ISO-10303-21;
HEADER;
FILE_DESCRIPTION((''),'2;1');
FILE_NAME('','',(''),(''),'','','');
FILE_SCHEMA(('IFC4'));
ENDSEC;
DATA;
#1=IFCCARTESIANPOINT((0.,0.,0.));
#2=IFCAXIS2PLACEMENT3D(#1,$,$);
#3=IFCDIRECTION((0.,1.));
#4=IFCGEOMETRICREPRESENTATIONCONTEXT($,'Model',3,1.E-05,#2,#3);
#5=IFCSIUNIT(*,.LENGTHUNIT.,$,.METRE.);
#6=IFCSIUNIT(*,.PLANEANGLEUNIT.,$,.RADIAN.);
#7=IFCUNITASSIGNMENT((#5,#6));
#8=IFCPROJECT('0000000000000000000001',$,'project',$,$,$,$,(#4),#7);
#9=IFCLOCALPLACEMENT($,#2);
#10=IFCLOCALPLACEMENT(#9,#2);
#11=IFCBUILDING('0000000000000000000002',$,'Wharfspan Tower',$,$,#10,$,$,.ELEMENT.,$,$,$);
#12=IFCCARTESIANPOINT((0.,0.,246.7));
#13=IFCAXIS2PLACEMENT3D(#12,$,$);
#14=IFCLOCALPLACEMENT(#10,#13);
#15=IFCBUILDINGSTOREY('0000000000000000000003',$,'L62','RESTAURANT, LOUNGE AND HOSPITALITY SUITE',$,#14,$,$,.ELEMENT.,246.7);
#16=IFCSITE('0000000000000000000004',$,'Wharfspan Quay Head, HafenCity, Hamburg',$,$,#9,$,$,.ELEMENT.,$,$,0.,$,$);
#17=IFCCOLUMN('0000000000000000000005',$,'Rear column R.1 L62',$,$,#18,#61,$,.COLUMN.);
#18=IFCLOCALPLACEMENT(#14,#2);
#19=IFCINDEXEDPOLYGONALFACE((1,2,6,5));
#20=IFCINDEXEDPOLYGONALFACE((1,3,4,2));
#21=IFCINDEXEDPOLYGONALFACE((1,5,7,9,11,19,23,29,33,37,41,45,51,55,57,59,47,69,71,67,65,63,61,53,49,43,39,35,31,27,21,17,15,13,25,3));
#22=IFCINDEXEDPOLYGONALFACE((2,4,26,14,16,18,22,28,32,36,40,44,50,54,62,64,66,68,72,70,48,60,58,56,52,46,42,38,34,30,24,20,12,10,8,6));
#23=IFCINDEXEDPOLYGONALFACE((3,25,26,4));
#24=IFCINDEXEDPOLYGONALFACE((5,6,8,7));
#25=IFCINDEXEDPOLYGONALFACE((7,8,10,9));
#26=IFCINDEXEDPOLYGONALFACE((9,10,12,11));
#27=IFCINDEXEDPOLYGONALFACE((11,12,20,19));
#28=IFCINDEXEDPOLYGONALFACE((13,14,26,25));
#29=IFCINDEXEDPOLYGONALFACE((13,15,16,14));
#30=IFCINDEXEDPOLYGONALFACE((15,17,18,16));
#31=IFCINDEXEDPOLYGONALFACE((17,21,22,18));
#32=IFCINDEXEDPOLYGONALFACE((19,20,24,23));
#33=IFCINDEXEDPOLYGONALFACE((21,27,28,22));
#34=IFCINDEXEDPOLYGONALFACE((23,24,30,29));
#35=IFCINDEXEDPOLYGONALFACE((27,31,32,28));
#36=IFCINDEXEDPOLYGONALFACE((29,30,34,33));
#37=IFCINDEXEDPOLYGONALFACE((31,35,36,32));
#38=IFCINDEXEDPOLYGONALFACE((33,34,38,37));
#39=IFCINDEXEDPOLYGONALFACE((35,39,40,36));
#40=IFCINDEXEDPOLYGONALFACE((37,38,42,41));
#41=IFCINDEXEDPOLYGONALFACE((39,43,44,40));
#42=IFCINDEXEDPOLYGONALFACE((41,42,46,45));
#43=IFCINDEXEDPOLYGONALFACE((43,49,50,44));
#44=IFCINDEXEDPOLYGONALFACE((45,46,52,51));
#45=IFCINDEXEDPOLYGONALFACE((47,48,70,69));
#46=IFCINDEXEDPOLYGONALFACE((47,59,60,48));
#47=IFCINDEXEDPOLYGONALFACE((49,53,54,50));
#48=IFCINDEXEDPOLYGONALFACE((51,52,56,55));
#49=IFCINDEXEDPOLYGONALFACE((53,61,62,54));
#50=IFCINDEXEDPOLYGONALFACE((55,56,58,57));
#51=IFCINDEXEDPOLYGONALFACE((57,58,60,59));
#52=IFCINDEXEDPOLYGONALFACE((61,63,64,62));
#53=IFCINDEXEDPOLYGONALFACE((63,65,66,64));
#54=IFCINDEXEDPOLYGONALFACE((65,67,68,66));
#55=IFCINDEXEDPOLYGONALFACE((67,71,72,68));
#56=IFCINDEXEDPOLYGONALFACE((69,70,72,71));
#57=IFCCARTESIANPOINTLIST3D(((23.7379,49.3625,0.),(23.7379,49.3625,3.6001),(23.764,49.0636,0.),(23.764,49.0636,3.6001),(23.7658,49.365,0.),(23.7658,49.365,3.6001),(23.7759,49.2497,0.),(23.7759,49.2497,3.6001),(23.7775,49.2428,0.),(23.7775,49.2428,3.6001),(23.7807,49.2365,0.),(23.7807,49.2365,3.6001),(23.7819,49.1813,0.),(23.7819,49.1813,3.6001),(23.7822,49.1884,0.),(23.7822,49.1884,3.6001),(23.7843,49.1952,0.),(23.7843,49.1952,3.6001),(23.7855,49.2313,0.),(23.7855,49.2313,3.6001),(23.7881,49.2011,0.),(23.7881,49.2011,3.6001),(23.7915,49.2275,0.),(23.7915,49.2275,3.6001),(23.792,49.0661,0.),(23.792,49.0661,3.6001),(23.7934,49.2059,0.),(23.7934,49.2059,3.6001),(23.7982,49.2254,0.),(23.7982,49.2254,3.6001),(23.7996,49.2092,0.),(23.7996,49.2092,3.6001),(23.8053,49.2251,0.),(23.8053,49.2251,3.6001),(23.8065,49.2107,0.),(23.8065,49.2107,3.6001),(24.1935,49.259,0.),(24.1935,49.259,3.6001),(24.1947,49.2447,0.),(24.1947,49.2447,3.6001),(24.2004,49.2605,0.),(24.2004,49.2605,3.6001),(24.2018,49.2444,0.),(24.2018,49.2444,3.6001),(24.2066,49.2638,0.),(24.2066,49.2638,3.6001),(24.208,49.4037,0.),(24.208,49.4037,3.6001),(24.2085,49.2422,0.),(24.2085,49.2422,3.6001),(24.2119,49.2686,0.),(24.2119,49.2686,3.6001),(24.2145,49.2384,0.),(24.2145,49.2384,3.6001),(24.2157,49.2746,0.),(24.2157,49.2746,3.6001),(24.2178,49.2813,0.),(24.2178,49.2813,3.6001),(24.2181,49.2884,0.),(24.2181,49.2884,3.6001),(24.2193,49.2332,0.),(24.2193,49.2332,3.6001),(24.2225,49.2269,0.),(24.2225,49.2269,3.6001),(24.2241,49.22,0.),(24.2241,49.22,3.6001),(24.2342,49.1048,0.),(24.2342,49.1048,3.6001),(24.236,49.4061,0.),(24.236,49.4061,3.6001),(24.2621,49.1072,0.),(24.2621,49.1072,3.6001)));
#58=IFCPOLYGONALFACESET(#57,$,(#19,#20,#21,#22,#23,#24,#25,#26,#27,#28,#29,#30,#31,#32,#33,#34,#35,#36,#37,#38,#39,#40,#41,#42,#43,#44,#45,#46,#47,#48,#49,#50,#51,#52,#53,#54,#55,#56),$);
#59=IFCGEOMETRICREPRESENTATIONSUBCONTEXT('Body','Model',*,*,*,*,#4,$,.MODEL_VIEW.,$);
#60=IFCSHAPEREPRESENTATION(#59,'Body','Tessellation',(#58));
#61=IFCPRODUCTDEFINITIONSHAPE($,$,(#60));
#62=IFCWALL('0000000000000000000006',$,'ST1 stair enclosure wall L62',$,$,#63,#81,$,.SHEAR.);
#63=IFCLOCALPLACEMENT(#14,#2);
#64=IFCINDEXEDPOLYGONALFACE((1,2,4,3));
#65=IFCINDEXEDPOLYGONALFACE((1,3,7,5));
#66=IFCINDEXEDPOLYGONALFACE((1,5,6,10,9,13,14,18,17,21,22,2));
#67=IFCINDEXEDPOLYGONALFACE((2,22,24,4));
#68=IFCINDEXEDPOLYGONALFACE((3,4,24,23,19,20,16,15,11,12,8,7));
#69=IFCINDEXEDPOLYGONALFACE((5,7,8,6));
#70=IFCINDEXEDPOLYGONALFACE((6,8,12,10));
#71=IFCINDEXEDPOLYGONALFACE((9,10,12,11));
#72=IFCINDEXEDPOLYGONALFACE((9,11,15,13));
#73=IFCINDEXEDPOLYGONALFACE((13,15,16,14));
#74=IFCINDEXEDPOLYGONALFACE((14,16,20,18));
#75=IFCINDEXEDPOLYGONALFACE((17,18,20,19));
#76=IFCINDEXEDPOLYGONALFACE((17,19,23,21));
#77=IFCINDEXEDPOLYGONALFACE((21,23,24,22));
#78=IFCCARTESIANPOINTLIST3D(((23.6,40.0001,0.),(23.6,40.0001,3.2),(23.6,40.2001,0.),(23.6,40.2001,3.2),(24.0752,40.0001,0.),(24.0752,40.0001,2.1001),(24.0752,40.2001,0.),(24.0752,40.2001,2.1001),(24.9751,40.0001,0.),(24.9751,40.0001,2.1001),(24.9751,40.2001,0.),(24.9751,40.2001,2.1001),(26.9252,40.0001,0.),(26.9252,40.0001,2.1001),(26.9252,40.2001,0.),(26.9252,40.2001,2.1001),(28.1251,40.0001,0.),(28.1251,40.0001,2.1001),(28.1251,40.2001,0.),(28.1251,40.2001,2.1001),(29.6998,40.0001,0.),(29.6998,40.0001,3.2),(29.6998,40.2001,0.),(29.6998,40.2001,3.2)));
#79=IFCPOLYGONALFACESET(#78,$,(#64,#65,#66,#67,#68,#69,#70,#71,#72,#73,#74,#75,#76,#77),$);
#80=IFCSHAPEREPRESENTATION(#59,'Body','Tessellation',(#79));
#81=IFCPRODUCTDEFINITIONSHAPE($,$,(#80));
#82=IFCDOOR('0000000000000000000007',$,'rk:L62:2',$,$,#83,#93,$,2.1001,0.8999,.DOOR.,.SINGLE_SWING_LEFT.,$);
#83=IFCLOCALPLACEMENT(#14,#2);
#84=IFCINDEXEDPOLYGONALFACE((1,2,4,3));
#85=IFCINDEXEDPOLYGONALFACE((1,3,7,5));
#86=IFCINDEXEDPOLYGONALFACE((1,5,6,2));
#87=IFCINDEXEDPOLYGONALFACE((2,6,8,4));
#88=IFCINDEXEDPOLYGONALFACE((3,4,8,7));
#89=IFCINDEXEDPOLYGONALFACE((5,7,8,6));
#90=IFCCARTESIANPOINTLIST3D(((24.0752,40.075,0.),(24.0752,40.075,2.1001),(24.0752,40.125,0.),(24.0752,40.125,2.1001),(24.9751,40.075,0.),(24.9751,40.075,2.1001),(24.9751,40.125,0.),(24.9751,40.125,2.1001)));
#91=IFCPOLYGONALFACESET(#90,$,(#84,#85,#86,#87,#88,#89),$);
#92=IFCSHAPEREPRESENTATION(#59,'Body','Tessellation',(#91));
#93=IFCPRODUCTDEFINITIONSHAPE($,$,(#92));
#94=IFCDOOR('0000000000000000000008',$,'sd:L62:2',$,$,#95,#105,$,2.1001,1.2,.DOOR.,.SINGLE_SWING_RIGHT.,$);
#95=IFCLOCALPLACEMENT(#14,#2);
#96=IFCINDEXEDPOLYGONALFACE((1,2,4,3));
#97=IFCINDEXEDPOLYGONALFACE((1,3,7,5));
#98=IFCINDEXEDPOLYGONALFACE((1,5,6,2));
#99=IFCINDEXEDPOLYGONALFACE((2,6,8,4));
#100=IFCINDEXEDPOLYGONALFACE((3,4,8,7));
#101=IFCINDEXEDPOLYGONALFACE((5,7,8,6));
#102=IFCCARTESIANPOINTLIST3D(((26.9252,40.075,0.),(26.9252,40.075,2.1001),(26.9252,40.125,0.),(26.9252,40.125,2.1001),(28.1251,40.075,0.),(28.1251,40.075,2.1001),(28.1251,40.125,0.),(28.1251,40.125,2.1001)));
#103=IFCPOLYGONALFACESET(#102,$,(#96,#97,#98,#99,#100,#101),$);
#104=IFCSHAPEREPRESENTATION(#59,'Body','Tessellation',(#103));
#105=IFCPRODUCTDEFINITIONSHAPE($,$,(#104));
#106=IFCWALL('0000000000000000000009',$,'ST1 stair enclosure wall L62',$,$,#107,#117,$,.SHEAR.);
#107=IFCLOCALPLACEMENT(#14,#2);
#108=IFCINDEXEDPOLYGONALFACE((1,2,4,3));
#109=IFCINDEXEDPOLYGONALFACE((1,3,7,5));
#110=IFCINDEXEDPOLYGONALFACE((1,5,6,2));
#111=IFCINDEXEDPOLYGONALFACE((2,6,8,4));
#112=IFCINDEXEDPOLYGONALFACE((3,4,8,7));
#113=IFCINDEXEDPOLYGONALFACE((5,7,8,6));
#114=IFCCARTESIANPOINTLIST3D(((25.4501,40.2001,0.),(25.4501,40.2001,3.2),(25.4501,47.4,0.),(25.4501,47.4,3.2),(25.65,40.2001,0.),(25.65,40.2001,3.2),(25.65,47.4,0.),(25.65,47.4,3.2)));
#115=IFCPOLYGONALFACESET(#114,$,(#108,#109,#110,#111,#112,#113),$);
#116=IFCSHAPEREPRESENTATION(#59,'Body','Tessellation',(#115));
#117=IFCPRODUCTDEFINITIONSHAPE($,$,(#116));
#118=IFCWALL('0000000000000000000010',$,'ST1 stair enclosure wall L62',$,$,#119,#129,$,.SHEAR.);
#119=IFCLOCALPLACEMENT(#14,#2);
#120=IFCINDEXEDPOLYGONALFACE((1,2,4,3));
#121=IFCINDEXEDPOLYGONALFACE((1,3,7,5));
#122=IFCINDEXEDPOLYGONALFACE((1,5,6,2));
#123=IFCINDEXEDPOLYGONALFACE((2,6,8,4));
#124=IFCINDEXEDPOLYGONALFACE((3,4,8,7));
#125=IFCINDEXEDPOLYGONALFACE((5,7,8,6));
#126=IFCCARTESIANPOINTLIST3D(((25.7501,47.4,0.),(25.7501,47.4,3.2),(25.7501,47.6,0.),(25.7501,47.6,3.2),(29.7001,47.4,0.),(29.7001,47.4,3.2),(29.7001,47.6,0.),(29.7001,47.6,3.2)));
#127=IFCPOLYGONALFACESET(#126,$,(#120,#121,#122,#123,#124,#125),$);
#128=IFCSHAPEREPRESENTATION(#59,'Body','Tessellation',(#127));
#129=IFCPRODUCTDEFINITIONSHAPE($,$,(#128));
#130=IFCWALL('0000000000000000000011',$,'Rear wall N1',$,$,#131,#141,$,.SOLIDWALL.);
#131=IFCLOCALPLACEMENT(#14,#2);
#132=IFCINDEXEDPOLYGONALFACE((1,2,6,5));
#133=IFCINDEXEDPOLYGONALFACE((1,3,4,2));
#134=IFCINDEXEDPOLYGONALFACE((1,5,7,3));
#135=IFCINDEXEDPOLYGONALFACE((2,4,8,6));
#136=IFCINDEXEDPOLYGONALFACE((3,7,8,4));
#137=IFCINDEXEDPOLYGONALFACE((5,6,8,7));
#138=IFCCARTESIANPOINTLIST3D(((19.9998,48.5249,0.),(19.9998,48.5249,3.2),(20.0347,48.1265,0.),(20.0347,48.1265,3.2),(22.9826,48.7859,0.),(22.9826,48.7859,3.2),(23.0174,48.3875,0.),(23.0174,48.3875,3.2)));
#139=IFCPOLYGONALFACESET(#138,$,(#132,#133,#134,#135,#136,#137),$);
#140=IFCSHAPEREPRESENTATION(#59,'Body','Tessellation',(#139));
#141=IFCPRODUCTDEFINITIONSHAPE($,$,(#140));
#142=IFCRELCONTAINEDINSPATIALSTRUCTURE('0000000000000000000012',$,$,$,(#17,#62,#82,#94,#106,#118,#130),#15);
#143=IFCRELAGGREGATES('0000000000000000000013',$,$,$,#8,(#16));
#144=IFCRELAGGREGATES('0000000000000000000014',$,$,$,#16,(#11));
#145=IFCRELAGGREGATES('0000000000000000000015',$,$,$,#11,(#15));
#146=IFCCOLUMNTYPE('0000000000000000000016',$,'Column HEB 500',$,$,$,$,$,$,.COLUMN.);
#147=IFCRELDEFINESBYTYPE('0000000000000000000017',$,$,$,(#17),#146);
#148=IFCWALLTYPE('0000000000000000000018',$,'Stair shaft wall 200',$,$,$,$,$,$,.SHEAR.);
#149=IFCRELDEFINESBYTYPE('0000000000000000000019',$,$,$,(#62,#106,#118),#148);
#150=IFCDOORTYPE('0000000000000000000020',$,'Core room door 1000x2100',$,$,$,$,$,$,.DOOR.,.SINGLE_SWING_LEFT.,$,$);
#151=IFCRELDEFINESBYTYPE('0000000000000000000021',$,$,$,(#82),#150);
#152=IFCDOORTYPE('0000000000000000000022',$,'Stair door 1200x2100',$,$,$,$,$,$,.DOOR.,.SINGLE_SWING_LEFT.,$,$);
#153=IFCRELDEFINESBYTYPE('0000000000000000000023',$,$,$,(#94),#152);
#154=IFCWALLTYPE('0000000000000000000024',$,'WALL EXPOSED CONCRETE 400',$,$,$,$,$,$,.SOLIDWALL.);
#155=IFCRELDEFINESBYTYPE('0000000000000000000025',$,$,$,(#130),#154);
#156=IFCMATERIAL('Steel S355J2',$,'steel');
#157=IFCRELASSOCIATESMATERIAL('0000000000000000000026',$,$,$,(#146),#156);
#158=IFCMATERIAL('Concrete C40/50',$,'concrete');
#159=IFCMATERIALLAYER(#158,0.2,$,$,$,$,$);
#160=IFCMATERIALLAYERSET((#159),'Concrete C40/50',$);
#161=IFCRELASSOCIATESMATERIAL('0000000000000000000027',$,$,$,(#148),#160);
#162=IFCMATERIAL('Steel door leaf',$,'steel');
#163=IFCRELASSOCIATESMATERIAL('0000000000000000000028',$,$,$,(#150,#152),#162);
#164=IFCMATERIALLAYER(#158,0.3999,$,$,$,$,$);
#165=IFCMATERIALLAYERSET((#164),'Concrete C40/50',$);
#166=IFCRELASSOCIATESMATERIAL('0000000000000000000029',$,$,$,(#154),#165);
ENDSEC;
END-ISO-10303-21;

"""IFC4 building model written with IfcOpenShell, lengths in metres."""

from ifc_helpers import new_model, si_unit, direction, frame, frame_2d, origin, origin_2d, place, context, subcontext, project, spatial, rectangle, i_section, extrude, material, layer, layer_set, material_profile, profile_set, type_object, element, fill, save


model = new_model("IFC4")

# Units and contexts
model_context = context("Model", 3, precision=1e-05, world=origin(), true_north=direction((0.0, 1.0)))
body_context = subcontext(model_context, "Body", "Model", "MODEL_VIEW")
ifc_project = project(units=[si_unit("LENGTHUNIT", "METRE"), si_unit("PLANEANGLEUNIT", "RADIAN")], contexts=[model_context])

# Site, building, storey
site_placement = place(None, origin())
site = spatial("IfcSite", under=ifc_project, at=site_placement, Name="Wharfspan Quay Head, HafenCity, Hamburg", CompositionType="ELEMENT", RefElevation=0.0)
building_placement = place(site_placement, origin())
building = spatial("IfcBuilding", under=site, at=building_placement, Name="Wharfspan Tower", CompositionType="ELEMENT")
storey_placement = place(building_placement, frame((0.0, 0.0, 246.7)))
storey = spatial("IfcBuildingStorey", under=building, at=storey_placement, Name="L62", Description="RESTAURANT, LOUNGE AND HOSPITALITY SUITE", CompositionType="ELEMENT", Elevation=246.7)

# Column
ifc_material_1 = material(Name="Steel S355J2", Category="steel")
ifc_material_profile = material_profile(ifc_material_1, i_section(OverallWidth=0.3, OverallDepth=0.5, WebThickness=0.0144, FlangeThickness=0.0281, FilletRadius=0.0271, at=origin_2d()))
ifc_profile_set = profile_set([ifc_material_profile], Name="Steel S355J2")
column_type = type_object("IfcColumnType", Name="Column HEB 500", PredefinedType="COLUMN", material=ifc_profile_set)
column_placement = place(storey_placement, frame((24.0, 49.2349, 0.0), z_axis=(0.0, 0.0, 1.0), x_axis=(-0.087156, 0.996197, 0.0)))
element("IfcColumn", 1, at=column_placement, inside=storey, type_object=column_type, Name="Rear column R.1 L62", PredefinedType="COLUMN", context=body_context, shape_type="SweptSolid", body=[
    extrude(i_section(OverallWidth=0.3, OverallDepth=0.5, WebThickness=0.0144, FlangeThickness=0.0281, FilletRadius=0.0271, at=origin_2d()), origin(), (0.0, 0.0, 1.0), 3.6001),
])

# Wall, openings, doors
ifc_material_2 = material(Name="Concrete C40/50", Category="concrete")
ifc_layer_1 = layer(ifc_material_2, 0.2)
ifc_layer_set_1 = layer_set([ifc_layer_1], Name="Concrete C40/50")
wall_type_1 = type_object("IfcWallType", Name="Stair shaft wall 200", PredefinedType="SHEAR", material=ifc_layer_set_1)
wall_1_placement = place(storey_placement, frame((23.6001, 40.1001, 0.0), z_axis=(0.0, 0.0, 1.0), x_axis=(1.0, 0.0, 0.0)))
wall_1 = element("IfcWall", 2, at=wall_1_placement, inside=storey, type_object=wall_type_1, Name="ST1 stair enclosure wall L62", PredefinedType="SHEAR", context=body_context, shape_type="SweptSolid", body=[
    extrude(rectangle(XDim=6.0999, YDim=0.2, at=frame_2d((3.0498, 0.0))), origin(), (0.0, 0.0, 1.0), 3.2),
])
opening_1_placement = place(wall_1_placement, frame((3.325, 0.0, 0.0)))
opening_1 = element("IfcOpeningElement", 3, at=opening_1_placement, cuts=wall_1, PredefinedType="OPENING", context=body_context, shape_type="SweptSolid", body=[
    extrude(rectangle(XDim=1.2, YDim=2.1001, at=frame_2d((0.6001, 1.05))), frame((0.0, 0.1099, 0.0), z_axis=(0.0, -1.0, 0.0), x_axis=(1.0, 0.0, 0.0)), (0.0, 0.0, 1.0), 0.22),
])
opening_2_placement = place(wall_1_placement, frame((0.4751, 0.0, 0.0)))
opening_2 = element("IfcOpeningElement", 4, at=opening_2_placement, cuts=wall_1, PredefinedType="OPENING", context=body_context, shape_type="SweptSolid", body=[
    extrude(rectangle(XDim=0.8999, YDim=2.1001, at=frame_2d((0.45, 1.05))), frame((0.0, 0.1099, 0.0), z_axis=(0.0, -1.0, 0.0), x_axis=(1.0, 0.0, 0.0)), (0.0, 0.0, 1.0), 0.22),
])
ifc_material_3 = material(Name="Steel door leaf", Category="steel")
door_type_1 = type_object("IfcDoorType", Name="Core room door 1000x2100", OperationType="SINGLE_SWING_LEFT", PredefinedType="DOOR", material=ifc_material_3)
door_1_placement = place(opening_2_placement, origin())
door_1 = element("IfcDoor", 5, at=door_1_placement, inside=storey, type_object=door_type_1, Name="rk:L62:2", OperationType="SINGLE_SWING_LEFT", OverallHeight=2.1001, OverallWidth=0.8999, PredefinedType="DOOR", context=body_context, shape_type="SweptSolid", body=[
    extrude(rectangle(XDim=0.8999, YDim=2.1001, at=frame_2d((0.45, 1.05))), frame((0.0, 0.0249, 0.0), z_axis=(0.0, -1.0, 0.0), x_axis=(1.0, 0.0, 0.0)), (0.0, 0.0, 1.0), 0.05),
])
fill(opening_2, door_1)
door_type_2 = type_object("IfcDoorType", Name="Stair door 1200x2100", OperationType="SINGLE_SWING_LEFT", PredefinedType="DOOR", material=ifc_material_3)
door_2_placement = place(opening_1_placement, origin())
door_2 = element("IfcDoor", 6, at=door_2_placement, inside=storey, type_object=door_type_2, Name="sd:L62:2", OperationType="SINGLE_SWING_RIGHT", OverallHeight=2.1001, OverallWidth=1.2, PredefinedType="DOOR", context=body_context, shape_type="SweptSolid", body=[
    extrude(rectangle(XDim=1.2, YDim=2.1001, at=frame_2d((0.6001, 1.05))), frame((0.0, 0.0249, 0.0), z_axis=(0.0, -1.0, 0.0), x_axis=(1.0, 0.0, 0.0)), (0.0, 0.0, 1.0), 0.05),
])
fill(opening_1, door_2)

# Walls
wall_2_placement = place(storey_placement, frame((25.55, 40.2, 0.0), z_axis=(0.0, 0.0, 1.0), x_axis=(0.0, 1.0, 0.0)))
element("IfcWall", 7, at=wall_2_placement, inside=storey, type_object=wall_type_1, Name="ST1 stair enclosure wall L62", PredefinedType="SHEAR", context=body_context, shape_type="SweptSolid", body=[
    extrude(rectangle(XDim=7.2, YDim=0.2, at=frame_2d((3.6001, 0.0))), origin(), (0.0, 0.0, 1.0), 3.2),
])
wall_3_placement = place(storey_placement, frame((25.75, 47.5, 0.0), z_axis=(0.0, 0.0, 1.0), x_axis=(1.0, 0.0, 0.0)))
element("IfcWall", 8, at=wall_3_placement, inside=storey, type_object=wall_type_1, Name="ST1 stair enclosure wall L62", PredefinedType="SHEAR", context=body_context, shape_type="SweptSolid", body=[
    extrude(rectangle(XDim=3.95, YDim=0.2, at=frame_2d((1.9751, 0.0))), origin(), (0.0, 0.0, 1.0), 3.2),
])
ifc_layer_2 = layer(ifc_material_2, 0.3999)
ifc_layer_set_2 = layer_set([ifc_layer_2], Name="Concrete C40/50")
wall_type_2 = type_object("IfcWallType", Name="WALL EXPOSED CONCRETE 400", PredefinedType="SOLIDWALL", material=ifc_layer_set_2)
wall_4_placement = place(storey_placement, frame((23.0, 48.5867, 0.0), z_axis=(0.0, 0.0, 1.0), x_axis=(-0.996194, -0.087168, 0.0)))
element("IfcWall", 9, at=wall_4_placement, inside=storey, type_object=wall_type_2, Name="Rear wall N1", PredefinedType="SOLIDWALL", context=body_context, shape_type="SweptSolid", body=[
    extrude(rectangle(XDim=2.9941, YDim=0.3999, at=frame_2d((1.4971, 0.0))), origin(), (0.0, 0.0, 1.0), 3.2),
])

save(model, "model.ifc")
